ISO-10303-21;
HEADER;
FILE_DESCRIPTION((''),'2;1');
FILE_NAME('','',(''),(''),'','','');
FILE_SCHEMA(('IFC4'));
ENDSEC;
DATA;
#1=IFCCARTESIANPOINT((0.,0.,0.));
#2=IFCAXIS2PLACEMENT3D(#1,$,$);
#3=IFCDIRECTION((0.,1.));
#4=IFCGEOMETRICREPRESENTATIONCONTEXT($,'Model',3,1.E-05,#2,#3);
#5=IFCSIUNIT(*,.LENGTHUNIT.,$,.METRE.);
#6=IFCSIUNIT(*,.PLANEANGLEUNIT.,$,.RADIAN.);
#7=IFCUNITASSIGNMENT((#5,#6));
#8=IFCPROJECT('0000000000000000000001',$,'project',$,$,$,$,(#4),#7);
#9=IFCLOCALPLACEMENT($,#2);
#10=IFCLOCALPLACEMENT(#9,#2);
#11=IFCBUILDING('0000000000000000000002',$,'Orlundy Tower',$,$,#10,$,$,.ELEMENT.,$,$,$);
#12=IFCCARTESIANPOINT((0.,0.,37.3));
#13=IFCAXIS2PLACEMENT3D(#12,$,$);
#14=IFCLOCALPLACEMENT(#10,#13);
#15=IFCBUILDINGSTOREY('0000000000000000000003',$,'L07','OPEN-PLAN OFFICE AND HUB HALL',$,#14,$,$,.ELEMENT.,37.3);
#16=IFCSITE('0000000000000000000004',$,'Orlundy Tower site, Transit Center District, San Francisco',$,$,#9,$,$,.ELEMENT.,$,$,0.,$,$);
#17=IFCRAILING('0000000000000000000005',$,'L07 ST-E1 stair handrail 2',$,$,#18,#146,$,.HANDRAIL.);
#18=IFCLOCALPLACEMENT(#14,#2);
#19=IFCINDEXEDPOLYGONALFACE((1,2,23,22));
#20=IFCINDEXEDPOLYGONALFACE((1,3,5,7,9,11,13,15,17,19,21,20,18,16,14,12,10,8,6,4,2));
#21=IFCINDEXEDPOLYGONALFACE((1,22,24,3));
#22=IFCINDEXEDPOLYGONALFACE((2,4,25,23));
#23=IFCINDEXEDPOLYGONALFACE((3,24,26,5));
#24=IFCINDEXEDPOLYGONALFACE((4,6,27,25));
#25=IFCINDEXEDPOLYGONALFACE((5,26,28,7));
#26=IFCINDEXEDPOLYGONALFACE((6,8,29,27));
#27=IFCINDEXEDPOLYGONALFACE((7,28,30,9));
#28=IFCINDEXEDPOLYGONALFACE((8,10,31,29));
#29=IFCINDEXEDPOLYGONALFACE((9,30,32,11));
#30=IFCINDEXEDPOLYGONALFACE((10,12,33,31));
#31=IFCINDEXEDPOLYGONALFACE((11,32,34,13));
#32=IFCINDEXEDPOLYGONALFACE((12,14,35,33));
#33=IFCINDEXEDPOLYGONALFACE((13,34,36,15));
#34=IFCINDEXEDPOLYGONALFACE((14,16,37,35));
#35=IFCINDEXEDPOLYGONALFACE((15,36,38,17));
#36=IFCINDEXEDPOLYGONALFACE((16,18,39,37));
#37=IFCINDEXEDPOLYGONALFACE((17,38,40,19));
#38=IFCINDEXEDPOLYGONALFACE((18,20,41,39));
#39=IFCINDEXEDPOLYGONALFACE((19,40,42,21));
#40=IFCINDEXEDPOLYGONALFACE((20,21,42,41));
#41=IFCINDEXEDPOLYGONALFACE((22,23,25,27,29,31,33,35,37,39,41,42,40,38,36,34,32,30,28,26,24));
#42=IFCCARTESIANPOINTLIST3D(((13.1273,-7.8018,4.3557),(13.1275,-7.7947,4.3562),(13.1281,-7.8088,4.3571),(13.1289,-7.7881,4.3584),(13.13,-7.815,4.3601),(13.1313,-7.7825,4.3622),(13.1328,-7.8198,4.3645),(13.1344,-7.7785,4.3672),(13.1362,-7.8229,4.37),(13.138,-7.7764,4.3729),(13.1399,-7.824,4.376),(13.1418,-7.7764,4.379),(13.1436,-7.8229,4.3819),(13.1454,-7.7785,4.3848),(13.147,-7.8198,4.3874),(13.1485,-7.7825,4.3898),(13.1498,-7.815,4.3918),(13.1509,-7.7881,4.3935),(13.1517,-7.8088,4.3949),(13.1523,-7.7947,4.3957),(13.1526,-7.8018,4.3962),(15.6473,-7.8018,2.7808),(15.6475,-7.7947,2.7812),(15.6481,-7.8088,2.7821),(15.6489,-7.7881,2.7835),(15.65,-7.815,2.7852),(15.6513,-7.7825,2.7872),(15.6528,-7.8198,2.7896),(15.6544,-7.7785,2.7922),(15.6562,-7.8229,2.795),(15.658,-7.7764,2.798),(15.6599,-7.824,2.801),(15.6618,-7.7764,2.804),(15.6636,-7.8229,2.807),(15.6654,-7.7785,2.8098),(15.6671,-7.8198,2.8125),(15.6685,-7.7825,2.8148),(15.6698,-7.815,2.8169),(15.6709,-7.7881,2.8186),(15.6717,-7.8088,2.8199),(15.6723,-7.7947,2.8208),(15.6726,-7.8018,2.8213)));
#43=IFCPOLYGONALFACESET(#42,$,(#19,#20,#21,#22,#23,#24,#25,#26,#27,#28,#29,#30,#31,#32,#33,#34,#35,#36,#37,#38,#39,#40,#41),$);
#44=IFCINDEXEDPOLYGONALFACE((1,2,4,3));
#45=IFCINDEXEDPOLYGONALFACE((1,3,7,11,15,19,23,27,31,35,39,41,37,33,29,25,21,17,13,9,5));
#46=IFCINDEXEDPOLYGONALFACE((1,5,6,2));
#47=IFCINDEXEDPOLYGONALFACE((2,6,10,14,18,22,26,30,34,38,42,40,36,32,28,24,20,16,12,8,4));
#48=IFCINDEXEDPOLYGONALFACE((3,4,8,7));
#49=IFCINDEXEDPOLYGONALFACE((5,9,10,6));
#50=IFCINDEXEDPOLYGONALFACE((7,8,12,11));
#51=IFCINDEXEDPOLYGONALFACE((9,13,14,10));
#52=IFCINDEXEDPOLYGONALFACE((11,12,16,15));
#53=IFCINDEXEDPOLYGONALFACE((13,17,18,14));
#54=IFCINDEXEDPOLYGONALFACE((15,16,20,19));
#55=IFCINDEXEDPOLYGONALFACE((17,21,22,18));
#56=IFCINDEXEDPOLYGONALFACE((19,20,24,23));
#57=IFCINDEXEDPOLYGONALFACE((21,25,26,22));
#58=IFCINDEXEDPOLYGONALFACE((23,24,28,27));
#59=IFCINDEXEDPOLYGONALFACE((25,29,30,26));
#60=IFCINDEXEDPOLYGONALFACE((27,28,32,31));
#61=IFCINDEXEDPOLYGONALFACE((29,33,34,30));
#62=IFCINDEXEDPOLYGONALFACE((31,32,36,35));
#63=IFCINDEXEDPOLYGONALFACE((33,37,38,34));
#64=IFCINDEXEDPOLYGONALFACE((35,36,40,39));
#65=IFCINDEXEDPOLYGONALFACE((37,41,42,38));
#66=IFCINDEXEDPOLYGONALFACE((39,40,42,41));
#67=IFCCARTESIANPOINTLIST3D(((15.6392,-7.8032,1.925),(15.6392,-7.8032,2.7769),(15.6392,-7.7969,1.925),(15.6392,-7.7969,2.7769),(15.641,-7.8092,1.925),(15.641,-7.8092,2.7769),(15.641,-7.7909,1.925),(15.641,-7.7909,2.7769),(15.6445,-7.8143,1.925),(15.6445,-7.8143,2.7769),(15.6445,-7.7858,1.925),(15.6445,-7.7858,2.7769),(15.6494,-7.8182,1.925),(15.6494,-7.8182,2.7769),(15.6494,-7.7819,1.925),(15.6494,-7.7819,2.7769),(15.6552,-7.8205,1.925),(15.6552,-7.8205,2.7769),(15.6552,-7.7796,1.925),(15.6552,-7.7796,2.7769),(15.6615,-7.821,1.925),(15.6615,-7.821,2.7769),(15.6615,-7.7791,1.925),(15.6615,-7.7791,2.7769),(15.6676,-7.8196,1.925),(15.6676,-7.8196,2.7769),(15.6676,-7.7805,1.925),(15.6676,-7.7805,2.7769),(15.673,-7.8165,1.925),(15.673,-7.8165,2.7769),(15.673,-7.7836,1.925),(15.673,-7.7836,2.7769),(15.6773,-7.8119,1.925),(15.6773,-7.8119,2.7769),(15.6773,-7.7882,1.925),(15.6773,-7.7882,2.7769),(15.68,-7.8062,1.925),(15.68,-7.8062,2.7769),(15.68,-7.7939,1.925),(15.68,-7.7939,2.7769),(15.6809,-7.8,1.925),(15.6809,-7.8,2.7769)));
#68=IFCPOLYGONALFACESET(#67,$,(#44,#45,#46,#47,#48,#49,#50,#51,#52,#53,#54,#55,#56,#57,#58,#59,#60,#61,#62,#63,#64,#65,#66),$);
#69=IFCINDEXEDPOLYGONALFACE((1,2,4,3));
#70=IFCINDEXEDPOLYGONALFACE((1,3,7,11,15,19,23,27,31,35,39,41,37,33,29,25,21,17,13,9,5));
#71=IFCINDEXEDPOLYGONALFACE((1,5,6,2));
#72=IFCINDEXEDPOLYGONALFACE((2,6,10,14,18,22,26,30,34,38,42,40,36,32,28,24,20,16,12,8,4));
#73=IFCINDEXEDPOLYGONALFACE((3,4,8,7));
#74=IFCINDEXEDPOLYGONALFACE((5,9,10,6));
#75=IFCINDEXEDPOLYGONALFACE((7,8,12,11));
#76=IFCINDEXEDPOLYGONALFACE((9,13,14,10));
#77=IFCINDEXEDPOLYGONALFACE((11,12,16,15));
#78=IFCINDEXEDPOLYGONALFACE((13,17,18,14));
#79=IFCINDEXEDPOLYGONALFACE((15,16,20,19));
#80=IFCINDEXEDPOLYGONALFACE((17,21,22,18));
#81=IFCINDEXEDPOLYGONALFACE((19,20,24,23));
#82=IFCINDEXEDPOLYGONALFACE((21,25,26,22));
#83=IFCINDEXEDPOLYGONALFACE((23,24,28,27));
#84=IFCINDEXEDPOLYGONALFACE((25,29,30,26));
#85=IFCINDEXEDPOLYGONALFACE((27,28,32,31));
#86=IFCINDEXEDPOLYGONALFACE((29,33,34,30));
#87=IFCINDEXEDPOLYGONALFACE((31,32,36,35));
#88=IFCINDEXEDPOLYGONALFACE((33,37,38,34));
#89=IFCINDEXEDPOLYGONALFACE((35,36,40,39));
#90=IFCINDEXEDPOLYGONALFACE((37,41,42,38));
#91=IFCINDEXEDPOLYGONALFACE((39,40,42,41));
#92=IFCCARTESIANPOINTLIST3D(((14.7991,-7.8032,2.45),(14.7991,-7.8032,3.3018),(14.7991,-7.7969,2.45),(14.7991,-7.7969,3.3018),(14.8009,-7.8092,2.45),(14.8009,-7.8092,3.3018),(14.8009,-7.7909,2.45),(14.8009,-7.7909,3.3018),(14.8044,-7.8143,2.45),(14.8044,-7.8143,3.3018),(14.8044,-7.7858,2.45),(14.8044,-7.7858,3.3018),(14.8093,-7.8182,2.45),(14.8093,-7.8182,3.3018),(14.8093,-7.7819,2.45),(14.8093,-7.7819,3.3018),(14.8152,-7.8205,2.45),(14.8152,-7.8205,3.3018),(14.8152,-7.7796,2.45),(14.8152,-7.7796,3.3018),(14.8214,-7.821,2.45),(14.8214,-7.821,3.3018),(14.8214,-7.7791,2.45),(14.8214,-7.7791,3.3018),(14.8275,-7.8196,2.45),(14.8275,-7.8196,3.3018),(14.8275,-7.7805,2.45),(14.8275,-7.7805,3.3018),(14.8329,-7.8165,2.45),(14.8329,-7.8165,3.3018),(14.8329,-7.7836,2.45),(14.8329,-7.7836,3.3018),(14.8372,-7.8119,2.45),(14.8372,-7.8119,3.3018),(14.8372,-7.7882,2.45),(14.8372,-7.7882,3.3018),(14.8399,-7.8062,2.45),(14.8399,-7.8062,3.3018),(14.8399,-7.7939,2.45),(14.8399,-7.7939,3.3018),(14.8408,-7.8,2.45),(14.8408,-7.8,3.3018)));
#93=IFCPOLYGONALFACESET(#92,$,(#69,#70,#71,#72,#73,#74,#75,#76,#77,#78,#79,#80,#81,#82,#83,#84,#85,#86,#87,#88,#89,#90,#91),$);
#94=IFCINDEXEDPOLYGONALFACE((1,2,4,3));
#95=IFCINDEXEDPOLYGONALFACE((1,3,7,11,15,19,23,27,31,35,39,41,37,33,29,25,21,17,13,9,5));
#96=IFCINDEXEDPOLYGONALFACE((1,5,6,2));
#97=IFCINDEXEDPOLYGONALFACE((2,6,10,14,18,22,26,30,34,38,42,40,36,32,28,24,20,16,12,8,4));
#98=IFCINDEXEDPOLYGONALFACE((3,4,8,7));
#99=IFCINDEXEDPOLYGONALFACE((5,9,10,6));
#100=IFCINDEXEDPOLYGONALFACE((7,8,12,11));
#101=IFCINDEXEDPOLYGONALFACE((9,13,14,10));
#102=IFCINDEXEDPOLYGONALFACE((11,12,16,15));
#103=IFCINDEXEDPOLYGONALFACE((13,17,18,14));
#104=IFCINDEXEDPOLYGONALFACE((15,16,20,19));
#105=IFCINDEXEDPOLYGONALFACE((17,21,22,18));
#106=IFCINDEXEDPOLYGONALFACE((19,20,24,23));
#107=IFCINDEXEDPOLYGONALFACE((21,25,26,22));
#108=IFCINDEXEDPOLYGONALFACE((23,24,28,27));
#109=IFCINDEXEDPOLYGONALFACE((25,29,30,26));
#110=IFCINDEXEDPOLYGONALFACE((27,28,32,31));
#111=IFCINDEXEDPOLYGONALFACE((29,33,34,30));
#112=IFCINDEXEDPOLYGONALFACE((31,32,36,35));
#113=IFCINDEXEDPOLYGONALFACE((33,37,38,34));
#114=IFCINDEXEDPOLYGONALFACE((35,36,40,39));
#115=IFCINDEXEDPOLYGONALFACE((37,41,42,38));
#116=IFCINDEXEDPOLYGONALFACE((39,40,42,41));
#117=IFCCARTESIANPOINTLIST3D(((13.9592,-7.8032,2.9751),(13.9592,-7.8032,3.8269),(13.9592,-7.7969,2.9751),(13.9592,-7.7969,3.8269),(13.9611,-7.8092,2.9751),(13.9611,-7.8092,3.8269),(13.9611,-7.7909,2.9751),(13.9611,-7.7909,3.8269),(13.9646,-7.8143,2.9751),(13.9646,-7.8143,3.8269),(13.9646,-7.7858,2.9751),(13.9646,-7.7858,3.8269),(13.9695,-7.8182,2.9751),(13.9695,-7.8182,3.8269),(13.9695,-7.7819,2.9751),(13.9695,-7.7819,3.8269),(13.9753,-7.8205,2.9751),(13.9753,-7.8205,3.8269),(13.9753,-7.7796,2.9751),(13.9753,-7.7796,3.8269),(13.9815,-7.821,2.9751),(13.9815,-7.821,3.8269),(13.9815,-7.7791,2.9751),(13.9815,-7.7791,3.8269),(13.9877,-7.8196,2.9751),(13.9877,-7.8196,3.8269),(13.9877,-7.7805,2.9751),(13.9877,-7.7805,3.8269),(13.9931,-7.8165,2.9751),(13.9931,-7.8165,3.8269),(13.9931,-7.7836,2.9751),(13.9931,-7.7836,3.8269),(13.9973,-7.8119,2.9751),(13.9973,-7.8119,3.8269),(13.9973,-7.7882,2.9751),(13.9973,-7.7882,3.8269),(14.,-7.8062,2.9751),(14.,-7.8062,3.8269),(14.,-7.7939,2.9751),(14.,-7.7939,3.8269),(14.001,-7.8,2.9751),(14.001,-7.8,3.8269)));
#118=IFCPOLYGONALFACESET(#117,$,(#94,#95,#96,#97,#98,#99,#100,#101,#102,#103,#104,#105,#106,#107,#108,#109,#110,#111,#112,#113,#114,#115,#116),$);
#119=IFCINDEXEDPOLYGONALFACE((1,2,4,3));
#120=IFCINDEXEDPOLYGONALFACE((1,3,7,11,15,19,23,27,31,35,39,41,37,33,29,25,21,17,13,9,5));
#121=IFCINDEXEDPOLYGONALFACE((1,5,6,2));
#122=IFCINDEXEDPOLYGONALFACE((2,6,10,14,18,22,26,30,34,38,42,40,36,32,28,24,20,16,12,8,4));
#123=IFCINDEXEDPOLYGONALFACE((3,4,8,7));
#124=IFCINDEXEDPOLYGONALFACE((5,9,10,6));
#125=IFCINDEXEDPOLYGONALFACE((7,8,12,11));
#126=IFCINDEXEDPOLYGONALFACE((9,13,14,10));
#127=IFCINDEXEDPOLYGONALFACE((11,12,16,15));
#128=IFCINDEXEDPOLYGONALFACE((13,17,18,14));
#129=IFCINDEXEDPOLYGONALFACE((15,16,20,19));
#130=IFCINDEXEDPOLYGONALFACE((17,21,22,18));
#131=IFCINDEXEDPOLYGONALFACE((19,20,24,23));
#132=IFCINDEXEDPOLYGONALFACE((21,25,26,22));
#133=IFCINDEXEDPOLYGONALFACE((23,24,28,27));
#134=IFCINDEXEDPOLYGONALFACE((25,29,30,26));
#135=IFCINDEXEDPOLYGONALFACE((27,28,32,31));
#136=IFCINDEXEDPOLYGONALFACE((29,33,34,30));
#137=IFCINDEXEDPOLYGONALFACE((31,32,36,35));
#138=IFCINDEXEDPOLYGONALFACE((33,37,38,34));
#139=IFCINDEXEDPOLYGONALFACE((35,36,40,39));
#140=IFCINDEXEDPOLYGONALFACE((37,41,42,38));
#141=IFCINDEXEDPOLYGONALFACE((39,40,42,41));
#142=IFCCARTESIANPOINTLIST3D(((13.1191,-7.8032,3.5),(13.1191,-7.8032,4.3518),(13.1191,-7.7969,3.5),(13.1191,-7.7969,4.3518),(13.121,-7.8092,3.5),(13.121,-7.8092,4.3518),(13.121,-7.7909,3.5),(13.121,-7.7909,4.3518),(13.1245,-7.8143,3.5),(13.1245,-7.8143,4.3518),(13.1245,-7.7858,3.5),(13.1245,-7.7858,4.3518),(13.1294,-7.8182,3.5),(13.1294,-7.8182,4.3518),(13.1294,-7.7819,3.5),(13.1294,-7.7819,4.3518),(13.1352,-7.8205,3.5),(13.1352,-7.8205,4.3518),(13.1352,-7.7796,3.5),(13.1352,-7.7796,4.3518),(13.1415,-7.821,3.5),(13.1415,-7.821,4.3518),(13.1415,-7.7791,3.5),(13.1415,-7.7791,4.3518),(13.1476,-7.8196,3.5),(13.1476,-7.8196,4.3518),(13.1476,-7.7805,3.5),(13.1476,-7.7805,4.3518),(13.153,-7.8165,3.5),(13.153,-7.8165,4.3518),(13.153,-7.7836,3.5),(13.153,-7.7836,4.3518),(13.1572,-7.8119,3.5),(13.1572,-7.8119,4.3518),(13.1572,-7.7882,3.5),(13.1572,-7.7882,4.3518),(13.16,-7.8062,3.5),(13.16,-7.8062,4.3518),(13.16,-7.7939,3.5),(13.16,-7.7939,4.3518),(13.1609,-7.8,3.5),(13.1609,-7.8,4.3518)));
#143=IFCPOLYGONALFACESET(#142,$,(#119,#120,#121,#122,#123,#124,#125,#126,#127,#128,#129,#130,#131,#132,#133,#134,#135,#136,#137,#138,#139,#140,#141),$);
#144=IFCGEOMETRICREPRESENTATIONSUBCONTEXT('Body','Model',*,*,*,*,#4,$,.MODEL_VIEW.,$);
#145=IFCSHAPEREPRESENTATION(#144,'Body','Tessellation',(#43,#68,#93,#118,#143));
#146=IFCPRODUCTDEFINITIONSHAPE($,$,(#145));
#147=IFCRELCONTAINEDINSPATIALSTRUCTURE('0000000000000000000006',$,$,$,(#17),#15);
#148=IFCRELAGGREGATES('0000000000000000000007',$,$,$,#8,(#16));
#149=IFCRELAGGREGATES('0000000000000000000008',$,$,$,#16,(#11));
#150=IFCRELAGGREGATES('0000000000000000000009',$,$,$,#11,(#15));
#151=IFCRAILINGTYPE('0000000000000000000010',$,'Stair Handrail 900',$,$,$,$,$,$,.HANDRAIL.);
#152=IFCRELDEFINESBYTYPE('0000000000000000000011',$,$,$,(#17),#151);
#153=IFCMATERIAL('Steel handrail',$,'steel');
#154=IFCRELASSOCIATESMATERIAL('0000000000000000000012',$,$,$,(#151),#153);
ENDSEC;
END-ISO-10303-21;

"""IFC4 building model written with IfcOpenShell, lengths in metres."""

from ifc_helpers import new_model, si_unit, direction, frame, origin, origin_2d, place, context, subcontext, project, spatial, circle, extrude, material, type_object, element, save


model = new_model("IFC4")

# Units and contexts
model_context = context("Model", 3, precision=1e-05, world=origin(), true_north=direction((0.0, 1.0)))
body_context = subcontext(model_context, "Body", "Model", "MODEL_VIEW")
ifc_project = project(units=[si_unit("LENGTHUNIT", "METRE"), si_unit("PLANEANGLEUNIT", "RADIAN")], contexts=[model_context])

# Site, building, storey
site_placement = place(None, origin())
site = spatial("IfcSite", under=ifc_project, at=site_placement, Name="Orlundy Tower site, Transit Center District, San Francisco", CompositionType="ELEMENT", RefElevation=0.0)
building_placement = place(site_placement, origin())
building = spatial("IfcBuilding", under=site, at=building_placement, Name="Orlundy Tower", CompositionType="ELEMENT")
storey_placement = place(building_placement, frame((0.0, 0.0, 37.3)))
storey = spatial("IfcBuildingStorey", under=building, at=storey_placement, Name="L07", Description="OPEN-PLAN OFFICE AND HUB HALL", CompositionType="ELEMENT", Elevation=37.3)

# Railing
ifc_material_1 = material(Name="Steel handrail", Category="steel")
railing_type_1 = type_object("IfcRailingType", Name="Stair Handrail 900", PredefinedType="HANDRAIL", material=ifc_material_1)
railing_1_placement = place(storey_placement, frame((15.6599, -7.8, 1.925)))
element("IfcRailing", 1, at=railing_1_placement, inside=storey, type_object=railing_type_1, Name="L07 ST-E1 stair handrail 2", PredefinedType="HANDRAIL", context=body_context, shape_type="SweptSolid", body=[
    extrude(circle(Radius=0.0239, at=origin_2d()), frame((0.0, 0.0, 0.876), z_axis=(-0.848008, 0.0, 0.529984), x_axis=(0.0, -1.0, 0.0)), (0.0, 0.0, 1.0), 2.9717),
    extrude(circle(Radius=0.021, at=origin_2d()), origin(), (0.0, 0.0, 1.0), 0.8518),
    extrude(circle(Radius=0.021, at=origin_2d()), frame((-0.8401, 0.0, 0.5249)), (0.0, 0.0, 1.0), 0.8518),
    extrude(circle(Radius=0.021, at=origin_2d()), frame((-1.6799, 0.0, 1.05)), (0.0, 0.0, 1.0), 0.8518),
    extrude(circle(Radius=0.021, at=origin_2d()), frame((-2.52, 0.0, 1.575)), (0.0, 0.0, 1.0), 0.8518),
])

save(model, "model.ifc")
